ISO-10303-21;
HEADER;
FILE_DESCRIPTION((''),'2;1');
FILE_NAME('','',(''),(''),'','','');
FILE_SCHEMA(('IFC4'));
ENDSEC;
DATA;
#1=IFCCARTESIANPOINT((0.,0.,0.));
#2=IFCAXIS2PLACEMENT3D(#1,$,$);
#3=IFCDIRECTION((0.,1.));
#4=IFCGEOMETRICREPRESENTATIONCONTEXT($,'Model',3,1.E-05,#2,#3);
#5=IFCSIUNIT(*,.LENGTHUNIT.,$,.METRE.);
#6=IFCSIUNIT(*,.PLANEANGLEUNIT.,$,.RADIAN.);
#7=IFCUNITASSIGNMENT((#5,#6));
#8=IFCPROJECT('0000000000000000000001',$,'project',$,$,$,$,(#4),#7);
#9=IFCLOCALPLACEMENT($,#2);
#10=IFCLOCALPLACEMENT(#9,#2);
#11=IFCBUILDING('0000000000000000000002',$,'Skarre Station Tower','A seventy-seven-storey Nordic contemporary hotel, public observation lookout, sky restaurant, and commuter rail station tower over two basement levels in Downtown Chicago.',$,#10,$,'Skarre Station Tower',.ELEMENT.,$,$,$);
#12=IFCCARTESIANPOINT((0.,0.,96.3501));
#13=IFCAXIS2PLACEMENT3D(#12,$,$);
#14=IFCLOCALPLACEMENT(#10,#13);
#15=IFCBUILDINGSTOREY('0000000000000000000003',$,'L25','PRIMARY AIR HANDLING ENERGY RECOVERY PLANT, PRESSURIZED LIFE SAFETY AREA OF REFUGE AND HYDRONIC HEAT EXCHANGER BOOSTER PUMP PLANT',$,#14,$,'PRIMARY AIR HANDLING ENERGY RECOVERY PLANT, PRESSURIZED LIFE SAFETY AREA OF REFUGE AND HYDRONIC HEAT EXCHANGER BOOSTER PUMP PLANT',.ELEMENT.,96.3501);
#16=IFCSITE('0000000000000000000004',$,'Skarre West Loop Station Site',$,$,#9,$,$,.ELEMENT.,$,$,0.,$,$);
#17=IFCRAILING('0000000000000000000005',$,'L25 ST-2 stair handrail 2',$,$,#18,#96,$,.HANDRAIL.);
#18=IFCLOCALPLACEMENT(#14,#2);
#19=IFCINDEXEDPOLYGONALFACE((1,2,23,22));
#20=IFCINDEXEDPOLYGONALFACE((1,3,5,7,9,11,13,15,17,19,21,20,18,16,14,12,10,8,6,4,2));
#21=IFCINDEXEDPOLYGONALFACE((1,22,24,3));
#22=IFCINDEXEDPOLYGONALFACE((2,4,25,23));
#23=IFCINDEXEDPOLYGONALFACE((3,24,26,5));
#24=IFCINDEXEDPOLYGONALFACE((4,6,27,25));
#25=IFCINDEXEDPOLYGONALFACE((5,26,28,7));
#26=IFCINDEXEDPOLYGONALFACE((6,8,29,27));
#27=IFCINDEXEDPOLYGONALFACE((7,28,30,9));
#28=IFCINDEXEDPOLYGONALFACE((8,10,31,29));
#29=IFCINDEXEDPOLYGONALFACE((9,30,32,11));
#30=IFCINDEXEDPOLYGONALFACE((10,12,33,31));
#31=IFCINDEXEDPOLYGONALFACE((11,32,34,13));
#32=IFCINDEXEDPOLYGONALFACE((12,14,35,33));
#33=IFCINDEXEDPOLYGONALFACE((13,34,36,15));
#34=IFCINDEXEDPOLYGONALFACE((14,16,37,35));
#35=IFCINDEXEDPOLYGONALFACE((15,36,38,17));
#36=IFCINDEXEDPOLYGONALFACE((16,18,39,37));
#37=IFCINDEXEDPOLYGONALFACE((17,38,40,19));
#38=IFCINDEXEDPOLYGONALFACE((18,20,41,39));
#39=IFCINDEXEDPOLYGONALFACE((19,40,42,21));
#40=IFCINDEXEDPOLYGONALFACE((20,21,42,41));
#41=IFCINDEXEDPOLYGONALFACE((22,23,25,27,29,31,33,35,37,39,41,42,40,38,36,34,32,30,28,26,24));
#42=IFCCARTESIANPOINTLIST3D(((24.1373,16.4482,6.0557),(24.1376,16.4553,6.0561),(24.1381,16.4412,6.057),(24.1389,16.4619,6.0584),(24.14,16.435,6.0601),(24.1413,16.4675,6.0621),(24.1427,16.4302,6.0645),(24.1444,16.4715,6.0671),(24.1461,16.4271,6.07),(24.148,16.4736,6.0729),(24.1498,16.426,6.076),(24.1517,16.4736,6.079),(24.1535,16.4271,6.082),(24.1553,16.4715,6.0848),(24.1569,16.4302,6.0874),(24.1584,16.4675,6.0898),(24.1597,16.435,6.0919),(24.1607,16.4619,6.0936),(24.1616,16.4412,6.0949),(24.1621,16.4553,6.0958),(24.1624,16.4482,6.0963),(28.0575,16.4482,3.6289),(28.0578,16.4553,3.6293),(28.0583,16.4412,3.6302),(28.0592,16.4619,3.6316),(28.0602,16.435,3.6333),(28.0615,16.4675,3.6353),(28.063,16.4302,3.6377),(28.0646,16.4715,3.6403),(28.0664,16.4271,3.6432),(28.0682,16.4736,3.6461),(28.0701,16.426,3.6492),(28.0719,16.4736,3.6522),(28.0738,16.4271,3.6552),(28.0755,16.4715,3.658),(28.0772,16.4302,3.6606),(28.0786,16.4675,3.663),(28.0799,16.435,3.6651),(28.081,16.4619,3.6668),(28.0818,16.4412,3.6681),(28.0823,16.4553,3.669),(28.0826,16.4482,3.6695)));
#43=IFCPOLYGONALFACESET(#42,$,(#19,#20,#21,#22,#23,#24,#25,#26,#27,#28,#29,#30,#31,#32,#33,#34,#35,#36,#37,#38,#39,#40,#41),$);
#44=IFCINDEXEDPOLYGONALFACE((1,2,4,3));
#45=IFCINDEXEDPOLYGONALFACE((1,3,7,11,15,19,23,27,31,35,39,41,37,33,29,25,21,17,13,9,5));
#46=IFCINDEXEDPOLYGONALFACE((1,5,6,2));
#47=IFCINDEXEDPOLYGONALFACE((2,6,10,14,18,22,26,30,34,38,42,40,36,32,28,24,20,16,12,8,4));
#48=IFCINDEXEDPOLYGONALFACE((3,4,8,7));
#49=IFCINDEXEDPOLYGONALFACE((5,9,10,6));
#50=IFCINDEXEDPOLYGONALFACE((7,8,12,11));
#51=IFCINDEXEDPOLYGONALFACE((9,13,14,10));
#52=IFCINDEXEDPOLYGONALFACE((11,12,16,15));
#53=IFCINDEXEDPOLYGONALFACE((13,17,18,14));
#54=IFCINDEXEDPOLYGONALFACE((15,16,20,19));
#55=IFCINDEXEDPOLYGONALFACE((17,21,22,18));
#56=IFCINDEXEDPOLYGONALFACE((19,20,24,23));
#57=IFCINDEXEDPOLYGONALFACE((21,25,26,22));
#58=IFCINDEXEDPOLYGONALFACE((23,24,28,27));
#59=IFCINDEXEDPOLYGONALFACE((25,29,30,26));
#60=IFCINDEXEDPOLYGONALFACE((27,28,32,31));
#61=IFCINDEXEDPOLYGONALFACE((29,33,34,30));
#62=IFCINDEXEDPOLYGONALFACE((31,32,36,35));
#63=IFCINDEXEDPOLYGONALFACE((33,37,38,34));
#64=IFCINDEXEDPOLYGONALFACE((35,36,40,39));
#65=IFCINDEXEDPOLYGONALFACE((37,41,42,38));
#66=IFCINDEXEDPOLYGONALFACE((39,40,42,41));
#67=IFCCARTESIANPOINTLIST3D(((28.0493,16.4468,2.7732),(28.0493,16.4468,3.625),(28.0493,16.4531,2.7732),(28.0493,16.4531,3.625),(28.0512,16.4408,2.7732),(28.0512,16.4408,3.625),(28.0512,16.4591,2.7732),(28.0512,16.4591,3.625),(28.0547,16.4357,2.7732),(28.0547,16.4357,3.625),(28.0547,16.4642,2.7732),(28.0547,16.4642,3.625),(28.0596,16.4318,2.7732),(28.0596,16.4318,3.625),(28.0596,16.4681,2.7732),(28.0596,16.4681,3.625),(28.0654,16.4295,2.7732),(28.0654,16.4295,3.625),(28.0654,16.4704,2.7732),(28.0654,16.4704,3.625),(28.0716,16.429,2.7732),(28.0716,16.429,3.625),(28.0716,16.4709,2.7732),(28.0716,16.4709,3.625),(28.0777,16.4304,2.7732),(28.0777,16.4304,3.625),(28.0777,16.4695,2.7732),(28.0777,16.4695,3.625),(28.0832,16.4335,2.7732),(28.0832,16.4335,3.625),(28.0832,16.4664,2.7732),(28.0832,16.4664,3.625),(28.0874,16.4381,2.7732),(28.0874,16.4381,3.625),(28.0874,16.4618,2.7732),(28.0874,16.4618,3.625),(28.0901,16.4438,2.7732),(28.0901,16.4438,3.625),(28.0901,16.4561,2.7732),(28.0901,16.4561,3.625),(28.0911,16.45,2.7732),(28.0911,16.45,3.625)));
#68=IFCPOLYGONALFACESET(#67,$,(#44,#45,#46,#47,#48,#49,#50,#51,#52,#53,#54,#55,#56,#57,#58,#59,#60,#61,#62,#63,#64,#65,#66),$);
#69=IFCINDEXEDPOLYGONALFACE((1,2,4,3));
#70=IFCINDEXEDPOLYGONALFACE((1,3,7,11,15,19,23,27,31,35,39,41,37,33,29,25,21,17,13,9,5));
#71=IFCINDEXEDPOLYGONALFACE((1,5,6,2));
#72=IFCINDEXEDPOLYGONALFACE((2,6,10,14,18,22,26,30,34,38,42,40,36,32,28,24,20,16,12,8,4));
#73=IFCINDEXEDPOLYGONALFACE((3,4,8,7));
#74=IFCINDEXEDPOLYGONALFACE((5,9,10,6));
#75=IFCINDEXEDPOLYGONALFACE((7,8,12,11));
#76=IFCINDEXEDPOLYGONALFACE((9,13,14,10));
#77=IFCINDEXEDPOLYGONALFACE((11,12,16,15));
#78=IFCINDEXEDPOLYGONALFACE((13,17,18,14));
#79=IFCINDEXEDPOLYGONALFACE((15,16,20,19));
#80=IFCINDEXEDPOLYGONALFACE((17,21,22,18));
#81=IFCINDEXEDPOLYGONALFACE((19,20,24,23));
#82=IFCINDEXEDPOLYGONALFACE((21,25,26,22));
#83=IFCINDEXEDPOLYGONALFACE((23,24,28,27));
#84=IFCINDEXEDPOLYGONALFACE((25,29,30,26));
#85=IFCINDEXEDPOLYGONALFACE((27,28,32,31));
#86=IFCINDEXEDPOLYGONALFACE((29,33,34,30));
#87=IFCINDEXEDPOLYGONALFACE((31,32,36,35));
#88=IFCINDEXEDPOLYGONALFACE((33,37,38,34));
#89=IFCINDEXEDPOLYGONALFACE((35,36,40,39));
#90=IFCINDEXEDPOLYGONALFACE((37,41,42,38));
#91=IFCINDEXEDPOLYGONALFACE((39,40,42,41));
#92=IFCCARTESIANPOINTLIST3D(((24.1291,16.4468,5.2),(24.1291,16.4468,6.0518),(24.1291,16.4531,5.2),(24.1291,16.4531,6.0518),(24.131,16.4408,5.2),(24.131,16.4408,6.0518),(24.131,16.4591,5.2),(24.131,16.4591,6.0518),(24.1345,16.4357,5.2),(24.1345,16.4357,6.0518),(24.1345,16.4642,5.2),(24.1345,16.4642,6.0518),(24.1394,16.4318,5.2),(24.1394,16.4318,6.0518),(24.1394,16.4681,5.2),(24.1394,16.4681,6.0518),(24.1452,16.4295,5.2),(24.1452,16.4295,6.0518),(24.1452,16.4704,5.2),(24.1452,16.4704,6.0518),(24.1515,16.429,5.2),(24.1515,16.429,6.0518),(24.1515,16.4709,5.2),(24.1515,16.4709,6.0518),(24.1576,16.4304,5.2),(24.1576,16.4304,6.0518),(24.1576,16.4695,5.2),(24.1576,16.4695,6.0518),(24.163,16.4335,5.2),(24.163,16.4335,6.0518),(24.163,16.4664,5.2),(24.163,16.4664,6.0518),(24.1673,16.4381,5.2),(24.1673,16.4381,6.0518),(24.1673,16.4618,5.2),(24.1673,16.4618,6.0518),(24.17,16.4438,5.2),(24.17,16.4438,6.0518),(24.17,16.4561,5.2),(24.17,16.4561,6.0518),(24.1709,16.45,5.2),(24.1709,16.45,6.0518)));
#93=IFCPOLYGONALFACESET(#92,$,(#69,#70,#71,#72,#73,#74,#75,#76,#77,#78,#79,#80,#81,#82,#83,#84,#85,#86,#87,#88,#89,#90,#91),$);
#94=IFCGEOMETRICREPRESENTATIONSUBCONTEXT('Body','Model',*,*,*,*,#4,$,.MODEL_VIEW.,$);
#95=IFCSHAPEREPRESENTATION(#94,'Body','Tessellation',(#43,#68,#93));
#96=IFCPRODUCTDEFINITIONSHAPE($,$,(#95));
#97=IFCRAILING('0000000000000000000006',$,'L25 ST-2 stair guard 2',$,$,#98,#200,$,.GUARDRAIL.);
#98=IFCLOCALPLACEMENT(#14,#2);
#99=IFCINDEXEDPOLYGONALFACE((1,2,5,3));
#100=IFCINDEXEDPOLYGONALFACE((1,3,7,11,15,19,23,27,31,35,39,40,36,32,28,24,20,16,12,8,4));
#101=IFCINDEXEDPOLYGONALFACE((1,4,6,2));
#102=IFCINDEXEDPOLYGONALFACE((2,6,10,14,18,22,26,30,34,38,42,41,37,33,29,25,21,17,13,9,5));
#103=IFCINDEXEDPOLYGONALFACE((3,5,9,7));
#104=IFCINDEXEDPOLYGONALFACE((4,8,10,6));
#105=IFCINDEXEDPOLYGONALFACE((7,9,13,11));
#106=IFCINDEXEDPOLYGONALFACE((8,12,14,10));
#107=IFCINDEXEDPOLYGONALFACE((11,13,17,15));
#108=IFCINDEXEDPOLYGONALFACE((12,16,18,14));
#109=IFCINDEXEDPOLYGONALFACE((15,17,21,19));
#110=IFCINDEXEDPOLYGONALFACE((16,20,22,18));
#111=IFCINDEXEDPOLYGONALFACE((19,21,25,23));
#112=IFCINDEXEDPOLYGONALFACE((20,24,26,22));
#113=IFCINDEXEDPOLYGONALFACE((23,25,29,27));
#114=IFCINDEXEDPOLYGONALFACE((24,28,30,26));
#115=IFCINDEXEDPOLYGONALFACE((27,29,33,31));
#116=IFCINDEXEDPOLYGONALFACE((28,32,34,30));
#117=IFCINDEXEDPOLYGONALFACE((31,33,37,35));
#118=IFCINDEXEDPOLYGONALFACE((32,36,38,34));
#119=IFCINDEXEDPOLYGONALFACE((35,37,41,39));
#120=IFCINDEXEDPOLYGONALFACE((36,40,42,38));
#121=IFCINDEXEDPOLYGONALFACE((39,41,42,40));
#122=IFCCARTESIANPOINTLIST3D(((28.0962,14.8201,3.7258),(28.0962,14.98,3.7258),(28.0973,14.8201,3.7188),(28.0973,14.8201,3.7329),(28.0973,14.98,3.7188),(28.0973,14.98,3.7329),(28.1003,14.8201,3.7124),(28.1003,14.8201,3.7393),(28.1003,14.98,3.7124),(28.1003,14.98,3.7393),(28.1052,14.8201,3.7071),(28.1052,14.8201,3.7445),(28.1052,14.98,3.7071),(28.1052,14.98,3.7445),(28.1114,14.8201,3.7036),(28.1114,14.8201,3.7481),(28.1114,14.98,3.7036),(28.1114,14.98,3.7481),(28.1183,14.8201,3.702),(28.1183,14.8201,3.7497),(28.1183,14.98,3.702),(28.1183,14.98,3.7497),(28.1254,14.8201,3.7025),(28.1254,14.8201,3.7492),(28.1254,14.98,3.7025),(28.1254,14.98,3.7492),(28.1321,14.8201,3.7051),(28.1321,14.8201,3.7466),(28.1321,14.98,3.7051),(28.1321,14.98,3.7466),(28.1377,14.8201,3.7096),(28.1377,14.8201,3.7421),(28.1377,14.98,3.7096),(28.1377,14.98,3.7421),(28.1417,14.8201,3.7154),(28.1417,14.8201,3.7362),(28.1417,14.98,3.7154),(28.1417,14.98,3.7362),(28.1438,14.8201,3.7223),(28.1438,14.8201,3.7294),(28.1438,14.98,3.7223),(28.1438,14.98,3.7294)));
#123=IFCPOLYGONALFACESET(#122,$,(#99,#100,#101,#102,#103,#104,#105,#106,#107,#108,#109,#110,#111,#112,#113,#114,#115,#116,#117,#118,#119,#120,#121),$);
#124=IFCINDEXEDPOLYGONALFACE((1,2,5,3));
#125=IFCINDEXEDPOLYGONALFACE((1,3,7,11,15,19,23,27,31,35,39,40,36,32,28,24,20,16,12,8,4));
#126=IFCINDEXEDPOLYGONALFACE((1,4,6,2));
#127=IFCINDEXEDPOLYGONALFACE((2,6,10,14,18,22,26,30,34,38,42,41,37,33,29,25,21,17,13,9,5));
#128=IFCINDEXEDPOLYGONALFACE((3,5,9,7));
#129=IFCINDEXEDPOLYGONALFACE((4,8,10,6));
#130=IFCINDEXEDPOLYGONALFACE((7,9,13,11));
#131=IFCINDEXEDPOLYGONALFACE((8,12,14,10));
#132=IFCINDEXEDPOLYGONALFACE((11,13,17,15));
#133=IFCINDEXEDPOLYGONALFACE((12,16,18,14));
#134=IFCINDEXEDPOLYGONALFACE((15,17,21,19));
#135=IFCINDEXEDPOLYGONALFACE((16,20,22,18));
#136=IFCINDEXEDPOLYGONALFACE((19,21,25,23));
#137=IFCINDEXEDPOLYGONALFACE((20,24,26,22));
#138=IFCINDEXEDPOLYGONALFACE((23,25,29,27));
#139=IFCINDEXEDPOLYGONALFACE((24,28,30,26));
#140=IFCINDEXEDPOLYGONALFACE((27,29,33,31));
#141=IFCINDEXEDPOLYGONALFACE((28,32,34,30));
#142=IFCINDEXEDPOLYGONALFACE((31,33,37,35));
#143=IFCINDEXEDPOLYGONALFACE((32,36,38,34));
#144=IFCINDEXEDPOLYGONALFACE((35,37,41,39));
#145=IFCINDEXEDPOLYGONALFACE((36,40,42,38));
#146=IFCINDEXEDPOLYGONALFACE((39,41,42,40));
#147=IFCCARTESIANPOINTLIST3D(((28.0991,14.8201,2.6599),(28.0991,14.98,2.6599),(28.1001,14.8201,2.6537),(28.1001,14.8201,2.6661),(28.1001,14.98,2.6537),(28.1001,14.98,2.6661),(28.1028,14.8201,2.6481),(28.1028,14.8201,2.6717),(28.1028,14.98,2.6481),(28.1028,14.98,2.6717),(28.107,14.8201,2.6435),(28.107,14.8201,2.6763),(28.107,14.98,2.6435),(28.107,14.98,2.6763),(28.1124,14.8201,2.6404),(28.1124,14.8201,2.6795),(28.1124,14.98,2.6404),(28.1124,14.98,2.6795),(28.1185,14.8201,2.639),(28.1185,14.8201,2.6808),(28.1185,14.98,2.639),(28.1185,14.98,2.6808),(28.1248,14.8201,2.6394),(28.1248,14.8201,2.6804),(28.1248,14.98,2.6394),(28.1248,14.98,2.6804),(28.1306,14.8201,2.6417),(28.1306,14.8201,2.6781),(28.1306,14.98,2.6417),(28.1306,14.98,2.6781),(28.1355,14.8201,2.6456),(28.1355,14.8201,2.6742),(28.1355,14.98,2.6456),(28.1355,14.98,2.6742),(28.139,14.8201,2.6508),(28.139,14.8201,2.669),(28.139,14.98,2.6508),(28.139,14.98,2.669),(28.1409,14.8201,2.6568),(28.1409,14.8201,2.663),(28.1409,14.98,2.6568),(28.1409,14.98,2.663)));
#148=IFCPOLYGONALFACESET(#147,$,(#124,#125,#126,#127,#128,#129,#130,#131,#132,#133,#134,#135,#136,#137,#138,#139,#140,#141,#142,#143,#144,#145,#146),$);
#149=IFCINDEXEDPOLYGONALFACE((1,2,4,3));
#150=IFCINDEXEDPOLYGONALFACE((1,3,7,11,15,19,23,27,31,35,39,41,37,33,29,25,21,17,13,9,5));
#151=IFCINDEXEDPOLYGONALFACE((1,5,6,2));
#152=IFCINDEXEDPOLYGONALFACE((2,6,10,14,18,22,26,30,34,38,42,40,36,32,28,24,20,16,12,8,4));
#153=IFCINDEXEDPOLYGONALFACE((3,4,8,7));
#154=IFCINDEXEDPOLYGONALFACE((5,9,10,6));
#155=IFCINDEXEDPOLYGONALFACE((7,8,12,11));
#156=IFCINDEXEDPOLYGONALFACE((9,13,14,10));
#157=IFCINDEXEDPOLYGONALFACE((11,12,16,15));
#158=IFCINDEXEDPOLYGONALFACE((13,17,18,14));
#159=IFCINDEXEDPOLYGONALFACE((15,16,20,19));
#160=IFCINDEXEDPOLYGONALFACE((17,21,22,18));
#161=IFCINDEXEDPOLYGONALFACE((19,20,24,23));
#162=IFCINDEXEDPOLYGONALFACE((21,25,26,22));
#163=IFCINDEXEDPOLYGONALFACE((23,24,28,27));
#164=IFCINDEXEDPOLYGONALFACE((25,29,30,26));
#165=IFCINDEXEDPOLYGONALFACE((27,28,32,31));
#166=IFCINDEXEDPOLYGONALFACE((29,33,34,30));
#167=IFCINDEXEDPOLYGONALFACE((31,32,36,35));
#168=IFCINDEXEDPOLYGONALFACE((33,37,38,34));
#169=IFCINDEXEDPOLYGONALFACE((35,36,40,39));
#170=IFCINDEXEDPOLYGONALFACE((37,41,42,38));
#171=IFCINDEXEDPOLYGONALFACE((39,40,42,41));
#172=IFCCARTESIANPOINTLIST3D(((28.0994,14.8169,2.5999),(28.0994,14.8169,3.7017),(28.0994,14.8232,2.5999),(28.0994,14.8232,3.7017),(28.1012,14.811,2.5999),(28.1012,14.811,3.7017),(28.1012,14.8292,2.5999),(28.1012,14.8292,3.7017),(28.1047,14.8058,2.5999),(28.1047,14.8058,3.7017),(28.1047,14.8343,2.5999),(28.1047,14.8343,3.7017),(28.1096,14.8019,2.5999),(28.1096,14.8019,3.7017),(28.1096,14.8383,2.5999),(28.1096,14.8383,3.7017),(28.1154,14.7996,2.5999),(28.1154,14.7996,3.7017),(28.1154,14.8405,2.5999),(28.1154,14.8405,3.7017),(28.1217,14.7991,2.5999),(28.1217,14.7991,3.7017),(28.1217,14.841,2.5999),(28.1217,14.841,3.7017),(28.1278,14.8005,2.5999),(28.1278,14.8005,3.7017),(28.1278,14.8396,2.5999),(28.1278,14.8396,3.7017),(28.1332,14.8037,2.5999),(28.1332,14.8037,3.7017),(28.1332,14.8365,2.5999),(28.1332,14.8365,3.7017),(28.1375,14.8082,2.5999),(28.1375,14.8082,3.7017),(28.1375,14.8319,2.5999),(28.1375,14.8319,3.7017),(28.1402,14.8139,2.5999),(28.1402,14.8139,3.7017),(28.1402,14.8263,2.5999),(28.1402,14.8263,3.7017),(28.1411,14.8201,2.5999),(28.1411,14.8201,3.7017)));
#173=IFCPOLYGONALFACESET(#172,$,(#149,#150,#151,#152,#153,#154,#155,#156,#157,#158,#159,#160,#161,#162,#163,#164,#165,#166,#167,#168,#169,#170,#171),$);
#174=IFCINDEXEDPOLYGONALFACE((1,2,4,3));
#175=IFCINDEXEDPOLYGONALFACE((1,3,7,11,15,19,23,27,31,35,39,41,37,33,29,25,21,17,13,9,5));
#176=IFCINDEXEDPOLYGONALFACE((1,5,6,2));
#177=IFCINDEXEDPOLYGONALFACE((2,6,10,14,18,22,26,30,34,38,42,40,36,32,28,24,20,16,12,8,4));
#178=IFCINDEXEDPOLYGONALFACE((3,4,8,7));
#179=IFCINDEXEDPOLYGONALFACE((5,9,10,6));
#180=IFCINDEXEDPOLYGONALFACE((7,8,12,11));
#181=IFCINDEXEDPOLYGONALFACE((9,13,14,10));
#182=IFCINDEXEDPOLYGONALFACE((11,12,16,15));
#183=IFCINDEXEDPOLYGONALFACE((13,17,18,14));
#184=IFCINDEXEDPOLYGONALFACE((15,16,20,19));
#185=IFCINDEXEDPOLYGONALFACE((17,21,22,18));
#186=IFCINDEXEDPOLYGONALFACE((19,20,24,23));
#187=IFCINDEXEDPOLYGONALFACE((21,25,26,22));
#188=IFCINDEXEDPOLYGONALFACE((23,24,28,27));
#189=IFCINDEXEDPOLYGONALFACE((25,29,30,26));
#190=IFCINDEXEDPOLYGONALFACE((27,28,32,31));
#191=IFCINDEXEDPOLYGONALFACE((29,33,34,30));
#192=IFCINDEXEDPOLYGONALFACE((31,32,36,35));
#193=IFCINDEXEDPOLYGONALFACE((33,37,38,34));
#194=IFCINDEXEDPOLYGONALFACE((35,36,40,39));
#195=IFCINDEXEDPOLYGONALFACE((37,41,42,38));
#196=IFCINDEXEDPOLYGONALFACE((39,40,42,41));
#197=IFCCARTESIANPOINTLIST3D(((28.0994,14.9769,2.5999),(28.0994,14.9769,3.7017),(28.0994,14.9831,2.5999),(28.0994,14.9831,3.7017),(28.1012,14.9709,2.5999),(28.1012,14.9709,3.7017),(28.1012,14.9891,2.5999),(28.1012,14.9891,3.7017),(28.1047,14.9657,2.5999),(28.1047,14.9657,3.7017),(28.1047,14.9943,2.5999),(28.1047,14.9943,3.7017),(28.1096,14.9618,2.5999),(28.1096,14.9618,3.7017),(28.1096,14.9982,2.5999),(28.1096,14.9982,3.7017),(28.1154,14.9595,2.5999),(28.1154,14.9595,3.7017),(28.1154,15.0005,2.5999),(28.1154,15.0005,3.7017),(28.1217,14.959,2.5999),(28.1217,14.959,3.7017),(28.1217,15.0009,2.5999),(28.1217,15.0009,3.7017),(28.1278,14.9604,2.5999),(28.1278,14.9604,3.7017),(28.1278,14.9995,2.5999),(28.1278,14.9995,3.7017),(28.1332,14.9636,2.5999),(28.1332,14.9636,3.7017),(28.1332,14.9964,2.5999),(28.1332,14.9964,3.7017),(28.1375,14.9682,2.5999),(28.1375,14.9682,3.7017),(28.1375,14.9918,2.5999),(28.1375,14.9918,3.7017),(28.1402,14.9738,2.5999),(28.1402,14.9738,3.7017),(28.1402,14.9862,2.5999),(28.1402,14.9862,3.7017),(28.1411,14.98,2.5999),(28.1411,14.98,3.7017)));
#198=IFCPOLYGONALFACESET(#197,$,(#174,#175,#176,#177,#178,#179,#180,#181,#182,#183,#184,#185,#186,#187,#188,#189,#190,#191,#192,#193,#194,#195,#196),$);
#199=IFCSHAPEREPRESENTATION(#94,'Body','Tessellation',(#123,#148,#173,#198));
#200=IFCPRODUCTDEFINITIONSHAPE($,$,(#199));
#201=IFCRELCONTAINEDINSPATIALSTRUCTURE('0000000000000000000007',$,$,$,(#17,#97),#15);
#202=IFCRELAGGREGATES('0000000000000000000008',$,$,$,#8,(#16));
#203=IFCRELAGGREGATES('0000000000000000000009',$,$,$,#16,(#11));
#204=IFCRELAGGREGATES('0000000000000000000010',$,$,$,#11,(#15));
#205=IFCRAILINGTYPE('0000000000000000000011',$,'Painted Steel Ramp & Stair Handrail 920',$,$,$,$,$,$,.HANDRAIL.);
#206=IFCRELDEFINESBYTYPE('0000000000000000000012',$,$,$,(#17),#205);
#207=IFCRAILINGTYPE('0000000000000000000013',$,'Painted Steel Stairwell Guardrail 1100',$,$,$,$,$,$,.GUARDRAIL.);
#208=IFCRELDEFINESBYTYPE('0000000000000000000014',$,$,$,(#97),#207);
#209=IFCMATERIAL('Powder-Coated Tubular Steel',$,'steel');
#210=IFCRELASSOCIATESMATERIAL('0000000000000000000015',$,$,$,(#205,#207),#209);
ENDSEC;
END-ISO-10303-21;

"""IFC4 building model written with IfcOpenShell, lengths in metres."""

from ifc_helpers import new_model, si_unit, direction, frame, origin, origin_2d, place, context, subcontext, project, spatial, circle, extrude, material, type_object, element, save


model = new_model("IFC4")

# Units and contexts
model_context = context("Model", 3, precision=1e-05, world=origin(), true_north=direction((0.0, 1.0)))
body_context = subcontext(model_context, "Body", "Model", "MODEL_VIEW")
ifc_project = project(units=[si_unit("LENGTHUNIT", "METRE"), si_unit("PLANEANGLEUNIT", "RADIAN")], contexts=[model_context])

# Site, building, storey
site_placement = place(None, origin())
site = spatial("IfcSite", under=ifc_project, at=site_placement, Name="Skarre West Loop Station Site", CompositionType="ELEMENT", RefElevation=0.0)
building_placement = place(site_placement, origin())
building = spatial("IfcBuilding", under=site, at=building_placement, Name="Skarre Station Tower", Description="A seventy-seven-storey Nordic contemporary hotel, public observation lookout, sky restaurant, and commuter rail station tower over two basement levels in Downtown Chicago.", LongName="Skarre Station Tower", CompositionType="ELEMENT")
storey_placement = place(building_placement, frame((0.0, 0.0, 96.3501)))
storey = spatial("IfcBuildingStorey", under=building, at=storey_placement, Name="L25", Description="PRIMARY AIR HANDLING ENERGY RECOVERY PLANT, PRESSURIZED LIFE SAFETY AREA OF REFUGE AND HYDRONIC HEAT EXCHANGER BOOSTER PUMP PLANT", LongName="PRIMARY AIR HANDLING ENERGY RECOVERY PLANT, PRESSURIZED LIFE SAFETY AREA OF REFUGE AND HYDRONIC HEAT EXCHANGER BOOSTER PUMP PLANT", CompositionType="ELEMENT", Elevation=96.3501)

# Railings
ifc_material_1 = material(Name="Powder-Coated Tubular Steel", Category="steel")
railing_type_1 = type_object("IfcRailingType", Name="Painted Steel Ramp & Stair Handrail 920", PredefinedType="HANDRAIL", material=ifc_material_1)
railing_1_placement = place(storey_placement, frame((28.0701, 16.45, 2.7732)))
element("IfcRailing", 1, at=railing_1_placement, inside=storey, type_object=railing_type_1, Name="L25 ST-2 stair handrail 2", PredefinedType="HANDRAIL", context=body_context, shape_type="SweptSolid", body=[
    extrude(circle(Radius=0.0239, at=origin_2d()), frame((0.0, 0.0, 0.876), z_axis=(-0.850266, 0.0, 0.526353), x_axis=(0.0, -1.0, 0.0)), (0.0, 0.0, 1.0), 4.6106),
    extrude(circle(Radius=0.021, at=origin_2d()), origin(), (0.0, 0.0, 1.0), 0.8518),
    extrude(circle(Radius=0.021, at=origin_2d()), frame((-3.9202, 0.0, 2.4268)), (0.0, 0.0, 1.0), 0.8518),
])
railing_type_2 = type_object("IfcRailingType", Name="Painted Steel Stairwell Guardrail 1100", PredefinedType="GUARDRAIL", material=ifc_material_1)
railing_2_placement = place(storey_placement, frame((28.1201, 14.8201, 2.5999)))
element("IfcRailing", 2, at=railing_2_placement, inside=storey, type_object=railing_type_2, Name="L25 ST-2 stair guard 2", PredefinedType="GUARDRAIL", context=body_context, shape_type="SweptSolid", body=[
    extrude(circle(Radius=0.0239, at=origin_2d()), frame((0.0, 0.0, 1.126), z_axis=(0.0, 1.0, 0.0), x_axis=(-1.0, 0.0, 0.0)), (0.0, 0.0, 1.0), 0.1599),
    extrude(circle(Radius=0.021, at=origin_2d()), frame((0.0, 0.0, 0.0601), z_axis=(0.0, 1.0, 0.0), x_axis=(-1.0, 0.0, 0.0)), (0.0, 0.0, 1.0), 0.1599),
    extrude(circle(Radius=0.021, at=origin_2d()), origin(), (0.0, 0.0, 1.0), 1.1018),
    extrude(circle(Radius=0.021, at=origin_2d()), frame((0.0, 0.1599, 0.0)), (0.0, 0.0, 1.0), 1.1018),
])

save(model, "model.ifc")
